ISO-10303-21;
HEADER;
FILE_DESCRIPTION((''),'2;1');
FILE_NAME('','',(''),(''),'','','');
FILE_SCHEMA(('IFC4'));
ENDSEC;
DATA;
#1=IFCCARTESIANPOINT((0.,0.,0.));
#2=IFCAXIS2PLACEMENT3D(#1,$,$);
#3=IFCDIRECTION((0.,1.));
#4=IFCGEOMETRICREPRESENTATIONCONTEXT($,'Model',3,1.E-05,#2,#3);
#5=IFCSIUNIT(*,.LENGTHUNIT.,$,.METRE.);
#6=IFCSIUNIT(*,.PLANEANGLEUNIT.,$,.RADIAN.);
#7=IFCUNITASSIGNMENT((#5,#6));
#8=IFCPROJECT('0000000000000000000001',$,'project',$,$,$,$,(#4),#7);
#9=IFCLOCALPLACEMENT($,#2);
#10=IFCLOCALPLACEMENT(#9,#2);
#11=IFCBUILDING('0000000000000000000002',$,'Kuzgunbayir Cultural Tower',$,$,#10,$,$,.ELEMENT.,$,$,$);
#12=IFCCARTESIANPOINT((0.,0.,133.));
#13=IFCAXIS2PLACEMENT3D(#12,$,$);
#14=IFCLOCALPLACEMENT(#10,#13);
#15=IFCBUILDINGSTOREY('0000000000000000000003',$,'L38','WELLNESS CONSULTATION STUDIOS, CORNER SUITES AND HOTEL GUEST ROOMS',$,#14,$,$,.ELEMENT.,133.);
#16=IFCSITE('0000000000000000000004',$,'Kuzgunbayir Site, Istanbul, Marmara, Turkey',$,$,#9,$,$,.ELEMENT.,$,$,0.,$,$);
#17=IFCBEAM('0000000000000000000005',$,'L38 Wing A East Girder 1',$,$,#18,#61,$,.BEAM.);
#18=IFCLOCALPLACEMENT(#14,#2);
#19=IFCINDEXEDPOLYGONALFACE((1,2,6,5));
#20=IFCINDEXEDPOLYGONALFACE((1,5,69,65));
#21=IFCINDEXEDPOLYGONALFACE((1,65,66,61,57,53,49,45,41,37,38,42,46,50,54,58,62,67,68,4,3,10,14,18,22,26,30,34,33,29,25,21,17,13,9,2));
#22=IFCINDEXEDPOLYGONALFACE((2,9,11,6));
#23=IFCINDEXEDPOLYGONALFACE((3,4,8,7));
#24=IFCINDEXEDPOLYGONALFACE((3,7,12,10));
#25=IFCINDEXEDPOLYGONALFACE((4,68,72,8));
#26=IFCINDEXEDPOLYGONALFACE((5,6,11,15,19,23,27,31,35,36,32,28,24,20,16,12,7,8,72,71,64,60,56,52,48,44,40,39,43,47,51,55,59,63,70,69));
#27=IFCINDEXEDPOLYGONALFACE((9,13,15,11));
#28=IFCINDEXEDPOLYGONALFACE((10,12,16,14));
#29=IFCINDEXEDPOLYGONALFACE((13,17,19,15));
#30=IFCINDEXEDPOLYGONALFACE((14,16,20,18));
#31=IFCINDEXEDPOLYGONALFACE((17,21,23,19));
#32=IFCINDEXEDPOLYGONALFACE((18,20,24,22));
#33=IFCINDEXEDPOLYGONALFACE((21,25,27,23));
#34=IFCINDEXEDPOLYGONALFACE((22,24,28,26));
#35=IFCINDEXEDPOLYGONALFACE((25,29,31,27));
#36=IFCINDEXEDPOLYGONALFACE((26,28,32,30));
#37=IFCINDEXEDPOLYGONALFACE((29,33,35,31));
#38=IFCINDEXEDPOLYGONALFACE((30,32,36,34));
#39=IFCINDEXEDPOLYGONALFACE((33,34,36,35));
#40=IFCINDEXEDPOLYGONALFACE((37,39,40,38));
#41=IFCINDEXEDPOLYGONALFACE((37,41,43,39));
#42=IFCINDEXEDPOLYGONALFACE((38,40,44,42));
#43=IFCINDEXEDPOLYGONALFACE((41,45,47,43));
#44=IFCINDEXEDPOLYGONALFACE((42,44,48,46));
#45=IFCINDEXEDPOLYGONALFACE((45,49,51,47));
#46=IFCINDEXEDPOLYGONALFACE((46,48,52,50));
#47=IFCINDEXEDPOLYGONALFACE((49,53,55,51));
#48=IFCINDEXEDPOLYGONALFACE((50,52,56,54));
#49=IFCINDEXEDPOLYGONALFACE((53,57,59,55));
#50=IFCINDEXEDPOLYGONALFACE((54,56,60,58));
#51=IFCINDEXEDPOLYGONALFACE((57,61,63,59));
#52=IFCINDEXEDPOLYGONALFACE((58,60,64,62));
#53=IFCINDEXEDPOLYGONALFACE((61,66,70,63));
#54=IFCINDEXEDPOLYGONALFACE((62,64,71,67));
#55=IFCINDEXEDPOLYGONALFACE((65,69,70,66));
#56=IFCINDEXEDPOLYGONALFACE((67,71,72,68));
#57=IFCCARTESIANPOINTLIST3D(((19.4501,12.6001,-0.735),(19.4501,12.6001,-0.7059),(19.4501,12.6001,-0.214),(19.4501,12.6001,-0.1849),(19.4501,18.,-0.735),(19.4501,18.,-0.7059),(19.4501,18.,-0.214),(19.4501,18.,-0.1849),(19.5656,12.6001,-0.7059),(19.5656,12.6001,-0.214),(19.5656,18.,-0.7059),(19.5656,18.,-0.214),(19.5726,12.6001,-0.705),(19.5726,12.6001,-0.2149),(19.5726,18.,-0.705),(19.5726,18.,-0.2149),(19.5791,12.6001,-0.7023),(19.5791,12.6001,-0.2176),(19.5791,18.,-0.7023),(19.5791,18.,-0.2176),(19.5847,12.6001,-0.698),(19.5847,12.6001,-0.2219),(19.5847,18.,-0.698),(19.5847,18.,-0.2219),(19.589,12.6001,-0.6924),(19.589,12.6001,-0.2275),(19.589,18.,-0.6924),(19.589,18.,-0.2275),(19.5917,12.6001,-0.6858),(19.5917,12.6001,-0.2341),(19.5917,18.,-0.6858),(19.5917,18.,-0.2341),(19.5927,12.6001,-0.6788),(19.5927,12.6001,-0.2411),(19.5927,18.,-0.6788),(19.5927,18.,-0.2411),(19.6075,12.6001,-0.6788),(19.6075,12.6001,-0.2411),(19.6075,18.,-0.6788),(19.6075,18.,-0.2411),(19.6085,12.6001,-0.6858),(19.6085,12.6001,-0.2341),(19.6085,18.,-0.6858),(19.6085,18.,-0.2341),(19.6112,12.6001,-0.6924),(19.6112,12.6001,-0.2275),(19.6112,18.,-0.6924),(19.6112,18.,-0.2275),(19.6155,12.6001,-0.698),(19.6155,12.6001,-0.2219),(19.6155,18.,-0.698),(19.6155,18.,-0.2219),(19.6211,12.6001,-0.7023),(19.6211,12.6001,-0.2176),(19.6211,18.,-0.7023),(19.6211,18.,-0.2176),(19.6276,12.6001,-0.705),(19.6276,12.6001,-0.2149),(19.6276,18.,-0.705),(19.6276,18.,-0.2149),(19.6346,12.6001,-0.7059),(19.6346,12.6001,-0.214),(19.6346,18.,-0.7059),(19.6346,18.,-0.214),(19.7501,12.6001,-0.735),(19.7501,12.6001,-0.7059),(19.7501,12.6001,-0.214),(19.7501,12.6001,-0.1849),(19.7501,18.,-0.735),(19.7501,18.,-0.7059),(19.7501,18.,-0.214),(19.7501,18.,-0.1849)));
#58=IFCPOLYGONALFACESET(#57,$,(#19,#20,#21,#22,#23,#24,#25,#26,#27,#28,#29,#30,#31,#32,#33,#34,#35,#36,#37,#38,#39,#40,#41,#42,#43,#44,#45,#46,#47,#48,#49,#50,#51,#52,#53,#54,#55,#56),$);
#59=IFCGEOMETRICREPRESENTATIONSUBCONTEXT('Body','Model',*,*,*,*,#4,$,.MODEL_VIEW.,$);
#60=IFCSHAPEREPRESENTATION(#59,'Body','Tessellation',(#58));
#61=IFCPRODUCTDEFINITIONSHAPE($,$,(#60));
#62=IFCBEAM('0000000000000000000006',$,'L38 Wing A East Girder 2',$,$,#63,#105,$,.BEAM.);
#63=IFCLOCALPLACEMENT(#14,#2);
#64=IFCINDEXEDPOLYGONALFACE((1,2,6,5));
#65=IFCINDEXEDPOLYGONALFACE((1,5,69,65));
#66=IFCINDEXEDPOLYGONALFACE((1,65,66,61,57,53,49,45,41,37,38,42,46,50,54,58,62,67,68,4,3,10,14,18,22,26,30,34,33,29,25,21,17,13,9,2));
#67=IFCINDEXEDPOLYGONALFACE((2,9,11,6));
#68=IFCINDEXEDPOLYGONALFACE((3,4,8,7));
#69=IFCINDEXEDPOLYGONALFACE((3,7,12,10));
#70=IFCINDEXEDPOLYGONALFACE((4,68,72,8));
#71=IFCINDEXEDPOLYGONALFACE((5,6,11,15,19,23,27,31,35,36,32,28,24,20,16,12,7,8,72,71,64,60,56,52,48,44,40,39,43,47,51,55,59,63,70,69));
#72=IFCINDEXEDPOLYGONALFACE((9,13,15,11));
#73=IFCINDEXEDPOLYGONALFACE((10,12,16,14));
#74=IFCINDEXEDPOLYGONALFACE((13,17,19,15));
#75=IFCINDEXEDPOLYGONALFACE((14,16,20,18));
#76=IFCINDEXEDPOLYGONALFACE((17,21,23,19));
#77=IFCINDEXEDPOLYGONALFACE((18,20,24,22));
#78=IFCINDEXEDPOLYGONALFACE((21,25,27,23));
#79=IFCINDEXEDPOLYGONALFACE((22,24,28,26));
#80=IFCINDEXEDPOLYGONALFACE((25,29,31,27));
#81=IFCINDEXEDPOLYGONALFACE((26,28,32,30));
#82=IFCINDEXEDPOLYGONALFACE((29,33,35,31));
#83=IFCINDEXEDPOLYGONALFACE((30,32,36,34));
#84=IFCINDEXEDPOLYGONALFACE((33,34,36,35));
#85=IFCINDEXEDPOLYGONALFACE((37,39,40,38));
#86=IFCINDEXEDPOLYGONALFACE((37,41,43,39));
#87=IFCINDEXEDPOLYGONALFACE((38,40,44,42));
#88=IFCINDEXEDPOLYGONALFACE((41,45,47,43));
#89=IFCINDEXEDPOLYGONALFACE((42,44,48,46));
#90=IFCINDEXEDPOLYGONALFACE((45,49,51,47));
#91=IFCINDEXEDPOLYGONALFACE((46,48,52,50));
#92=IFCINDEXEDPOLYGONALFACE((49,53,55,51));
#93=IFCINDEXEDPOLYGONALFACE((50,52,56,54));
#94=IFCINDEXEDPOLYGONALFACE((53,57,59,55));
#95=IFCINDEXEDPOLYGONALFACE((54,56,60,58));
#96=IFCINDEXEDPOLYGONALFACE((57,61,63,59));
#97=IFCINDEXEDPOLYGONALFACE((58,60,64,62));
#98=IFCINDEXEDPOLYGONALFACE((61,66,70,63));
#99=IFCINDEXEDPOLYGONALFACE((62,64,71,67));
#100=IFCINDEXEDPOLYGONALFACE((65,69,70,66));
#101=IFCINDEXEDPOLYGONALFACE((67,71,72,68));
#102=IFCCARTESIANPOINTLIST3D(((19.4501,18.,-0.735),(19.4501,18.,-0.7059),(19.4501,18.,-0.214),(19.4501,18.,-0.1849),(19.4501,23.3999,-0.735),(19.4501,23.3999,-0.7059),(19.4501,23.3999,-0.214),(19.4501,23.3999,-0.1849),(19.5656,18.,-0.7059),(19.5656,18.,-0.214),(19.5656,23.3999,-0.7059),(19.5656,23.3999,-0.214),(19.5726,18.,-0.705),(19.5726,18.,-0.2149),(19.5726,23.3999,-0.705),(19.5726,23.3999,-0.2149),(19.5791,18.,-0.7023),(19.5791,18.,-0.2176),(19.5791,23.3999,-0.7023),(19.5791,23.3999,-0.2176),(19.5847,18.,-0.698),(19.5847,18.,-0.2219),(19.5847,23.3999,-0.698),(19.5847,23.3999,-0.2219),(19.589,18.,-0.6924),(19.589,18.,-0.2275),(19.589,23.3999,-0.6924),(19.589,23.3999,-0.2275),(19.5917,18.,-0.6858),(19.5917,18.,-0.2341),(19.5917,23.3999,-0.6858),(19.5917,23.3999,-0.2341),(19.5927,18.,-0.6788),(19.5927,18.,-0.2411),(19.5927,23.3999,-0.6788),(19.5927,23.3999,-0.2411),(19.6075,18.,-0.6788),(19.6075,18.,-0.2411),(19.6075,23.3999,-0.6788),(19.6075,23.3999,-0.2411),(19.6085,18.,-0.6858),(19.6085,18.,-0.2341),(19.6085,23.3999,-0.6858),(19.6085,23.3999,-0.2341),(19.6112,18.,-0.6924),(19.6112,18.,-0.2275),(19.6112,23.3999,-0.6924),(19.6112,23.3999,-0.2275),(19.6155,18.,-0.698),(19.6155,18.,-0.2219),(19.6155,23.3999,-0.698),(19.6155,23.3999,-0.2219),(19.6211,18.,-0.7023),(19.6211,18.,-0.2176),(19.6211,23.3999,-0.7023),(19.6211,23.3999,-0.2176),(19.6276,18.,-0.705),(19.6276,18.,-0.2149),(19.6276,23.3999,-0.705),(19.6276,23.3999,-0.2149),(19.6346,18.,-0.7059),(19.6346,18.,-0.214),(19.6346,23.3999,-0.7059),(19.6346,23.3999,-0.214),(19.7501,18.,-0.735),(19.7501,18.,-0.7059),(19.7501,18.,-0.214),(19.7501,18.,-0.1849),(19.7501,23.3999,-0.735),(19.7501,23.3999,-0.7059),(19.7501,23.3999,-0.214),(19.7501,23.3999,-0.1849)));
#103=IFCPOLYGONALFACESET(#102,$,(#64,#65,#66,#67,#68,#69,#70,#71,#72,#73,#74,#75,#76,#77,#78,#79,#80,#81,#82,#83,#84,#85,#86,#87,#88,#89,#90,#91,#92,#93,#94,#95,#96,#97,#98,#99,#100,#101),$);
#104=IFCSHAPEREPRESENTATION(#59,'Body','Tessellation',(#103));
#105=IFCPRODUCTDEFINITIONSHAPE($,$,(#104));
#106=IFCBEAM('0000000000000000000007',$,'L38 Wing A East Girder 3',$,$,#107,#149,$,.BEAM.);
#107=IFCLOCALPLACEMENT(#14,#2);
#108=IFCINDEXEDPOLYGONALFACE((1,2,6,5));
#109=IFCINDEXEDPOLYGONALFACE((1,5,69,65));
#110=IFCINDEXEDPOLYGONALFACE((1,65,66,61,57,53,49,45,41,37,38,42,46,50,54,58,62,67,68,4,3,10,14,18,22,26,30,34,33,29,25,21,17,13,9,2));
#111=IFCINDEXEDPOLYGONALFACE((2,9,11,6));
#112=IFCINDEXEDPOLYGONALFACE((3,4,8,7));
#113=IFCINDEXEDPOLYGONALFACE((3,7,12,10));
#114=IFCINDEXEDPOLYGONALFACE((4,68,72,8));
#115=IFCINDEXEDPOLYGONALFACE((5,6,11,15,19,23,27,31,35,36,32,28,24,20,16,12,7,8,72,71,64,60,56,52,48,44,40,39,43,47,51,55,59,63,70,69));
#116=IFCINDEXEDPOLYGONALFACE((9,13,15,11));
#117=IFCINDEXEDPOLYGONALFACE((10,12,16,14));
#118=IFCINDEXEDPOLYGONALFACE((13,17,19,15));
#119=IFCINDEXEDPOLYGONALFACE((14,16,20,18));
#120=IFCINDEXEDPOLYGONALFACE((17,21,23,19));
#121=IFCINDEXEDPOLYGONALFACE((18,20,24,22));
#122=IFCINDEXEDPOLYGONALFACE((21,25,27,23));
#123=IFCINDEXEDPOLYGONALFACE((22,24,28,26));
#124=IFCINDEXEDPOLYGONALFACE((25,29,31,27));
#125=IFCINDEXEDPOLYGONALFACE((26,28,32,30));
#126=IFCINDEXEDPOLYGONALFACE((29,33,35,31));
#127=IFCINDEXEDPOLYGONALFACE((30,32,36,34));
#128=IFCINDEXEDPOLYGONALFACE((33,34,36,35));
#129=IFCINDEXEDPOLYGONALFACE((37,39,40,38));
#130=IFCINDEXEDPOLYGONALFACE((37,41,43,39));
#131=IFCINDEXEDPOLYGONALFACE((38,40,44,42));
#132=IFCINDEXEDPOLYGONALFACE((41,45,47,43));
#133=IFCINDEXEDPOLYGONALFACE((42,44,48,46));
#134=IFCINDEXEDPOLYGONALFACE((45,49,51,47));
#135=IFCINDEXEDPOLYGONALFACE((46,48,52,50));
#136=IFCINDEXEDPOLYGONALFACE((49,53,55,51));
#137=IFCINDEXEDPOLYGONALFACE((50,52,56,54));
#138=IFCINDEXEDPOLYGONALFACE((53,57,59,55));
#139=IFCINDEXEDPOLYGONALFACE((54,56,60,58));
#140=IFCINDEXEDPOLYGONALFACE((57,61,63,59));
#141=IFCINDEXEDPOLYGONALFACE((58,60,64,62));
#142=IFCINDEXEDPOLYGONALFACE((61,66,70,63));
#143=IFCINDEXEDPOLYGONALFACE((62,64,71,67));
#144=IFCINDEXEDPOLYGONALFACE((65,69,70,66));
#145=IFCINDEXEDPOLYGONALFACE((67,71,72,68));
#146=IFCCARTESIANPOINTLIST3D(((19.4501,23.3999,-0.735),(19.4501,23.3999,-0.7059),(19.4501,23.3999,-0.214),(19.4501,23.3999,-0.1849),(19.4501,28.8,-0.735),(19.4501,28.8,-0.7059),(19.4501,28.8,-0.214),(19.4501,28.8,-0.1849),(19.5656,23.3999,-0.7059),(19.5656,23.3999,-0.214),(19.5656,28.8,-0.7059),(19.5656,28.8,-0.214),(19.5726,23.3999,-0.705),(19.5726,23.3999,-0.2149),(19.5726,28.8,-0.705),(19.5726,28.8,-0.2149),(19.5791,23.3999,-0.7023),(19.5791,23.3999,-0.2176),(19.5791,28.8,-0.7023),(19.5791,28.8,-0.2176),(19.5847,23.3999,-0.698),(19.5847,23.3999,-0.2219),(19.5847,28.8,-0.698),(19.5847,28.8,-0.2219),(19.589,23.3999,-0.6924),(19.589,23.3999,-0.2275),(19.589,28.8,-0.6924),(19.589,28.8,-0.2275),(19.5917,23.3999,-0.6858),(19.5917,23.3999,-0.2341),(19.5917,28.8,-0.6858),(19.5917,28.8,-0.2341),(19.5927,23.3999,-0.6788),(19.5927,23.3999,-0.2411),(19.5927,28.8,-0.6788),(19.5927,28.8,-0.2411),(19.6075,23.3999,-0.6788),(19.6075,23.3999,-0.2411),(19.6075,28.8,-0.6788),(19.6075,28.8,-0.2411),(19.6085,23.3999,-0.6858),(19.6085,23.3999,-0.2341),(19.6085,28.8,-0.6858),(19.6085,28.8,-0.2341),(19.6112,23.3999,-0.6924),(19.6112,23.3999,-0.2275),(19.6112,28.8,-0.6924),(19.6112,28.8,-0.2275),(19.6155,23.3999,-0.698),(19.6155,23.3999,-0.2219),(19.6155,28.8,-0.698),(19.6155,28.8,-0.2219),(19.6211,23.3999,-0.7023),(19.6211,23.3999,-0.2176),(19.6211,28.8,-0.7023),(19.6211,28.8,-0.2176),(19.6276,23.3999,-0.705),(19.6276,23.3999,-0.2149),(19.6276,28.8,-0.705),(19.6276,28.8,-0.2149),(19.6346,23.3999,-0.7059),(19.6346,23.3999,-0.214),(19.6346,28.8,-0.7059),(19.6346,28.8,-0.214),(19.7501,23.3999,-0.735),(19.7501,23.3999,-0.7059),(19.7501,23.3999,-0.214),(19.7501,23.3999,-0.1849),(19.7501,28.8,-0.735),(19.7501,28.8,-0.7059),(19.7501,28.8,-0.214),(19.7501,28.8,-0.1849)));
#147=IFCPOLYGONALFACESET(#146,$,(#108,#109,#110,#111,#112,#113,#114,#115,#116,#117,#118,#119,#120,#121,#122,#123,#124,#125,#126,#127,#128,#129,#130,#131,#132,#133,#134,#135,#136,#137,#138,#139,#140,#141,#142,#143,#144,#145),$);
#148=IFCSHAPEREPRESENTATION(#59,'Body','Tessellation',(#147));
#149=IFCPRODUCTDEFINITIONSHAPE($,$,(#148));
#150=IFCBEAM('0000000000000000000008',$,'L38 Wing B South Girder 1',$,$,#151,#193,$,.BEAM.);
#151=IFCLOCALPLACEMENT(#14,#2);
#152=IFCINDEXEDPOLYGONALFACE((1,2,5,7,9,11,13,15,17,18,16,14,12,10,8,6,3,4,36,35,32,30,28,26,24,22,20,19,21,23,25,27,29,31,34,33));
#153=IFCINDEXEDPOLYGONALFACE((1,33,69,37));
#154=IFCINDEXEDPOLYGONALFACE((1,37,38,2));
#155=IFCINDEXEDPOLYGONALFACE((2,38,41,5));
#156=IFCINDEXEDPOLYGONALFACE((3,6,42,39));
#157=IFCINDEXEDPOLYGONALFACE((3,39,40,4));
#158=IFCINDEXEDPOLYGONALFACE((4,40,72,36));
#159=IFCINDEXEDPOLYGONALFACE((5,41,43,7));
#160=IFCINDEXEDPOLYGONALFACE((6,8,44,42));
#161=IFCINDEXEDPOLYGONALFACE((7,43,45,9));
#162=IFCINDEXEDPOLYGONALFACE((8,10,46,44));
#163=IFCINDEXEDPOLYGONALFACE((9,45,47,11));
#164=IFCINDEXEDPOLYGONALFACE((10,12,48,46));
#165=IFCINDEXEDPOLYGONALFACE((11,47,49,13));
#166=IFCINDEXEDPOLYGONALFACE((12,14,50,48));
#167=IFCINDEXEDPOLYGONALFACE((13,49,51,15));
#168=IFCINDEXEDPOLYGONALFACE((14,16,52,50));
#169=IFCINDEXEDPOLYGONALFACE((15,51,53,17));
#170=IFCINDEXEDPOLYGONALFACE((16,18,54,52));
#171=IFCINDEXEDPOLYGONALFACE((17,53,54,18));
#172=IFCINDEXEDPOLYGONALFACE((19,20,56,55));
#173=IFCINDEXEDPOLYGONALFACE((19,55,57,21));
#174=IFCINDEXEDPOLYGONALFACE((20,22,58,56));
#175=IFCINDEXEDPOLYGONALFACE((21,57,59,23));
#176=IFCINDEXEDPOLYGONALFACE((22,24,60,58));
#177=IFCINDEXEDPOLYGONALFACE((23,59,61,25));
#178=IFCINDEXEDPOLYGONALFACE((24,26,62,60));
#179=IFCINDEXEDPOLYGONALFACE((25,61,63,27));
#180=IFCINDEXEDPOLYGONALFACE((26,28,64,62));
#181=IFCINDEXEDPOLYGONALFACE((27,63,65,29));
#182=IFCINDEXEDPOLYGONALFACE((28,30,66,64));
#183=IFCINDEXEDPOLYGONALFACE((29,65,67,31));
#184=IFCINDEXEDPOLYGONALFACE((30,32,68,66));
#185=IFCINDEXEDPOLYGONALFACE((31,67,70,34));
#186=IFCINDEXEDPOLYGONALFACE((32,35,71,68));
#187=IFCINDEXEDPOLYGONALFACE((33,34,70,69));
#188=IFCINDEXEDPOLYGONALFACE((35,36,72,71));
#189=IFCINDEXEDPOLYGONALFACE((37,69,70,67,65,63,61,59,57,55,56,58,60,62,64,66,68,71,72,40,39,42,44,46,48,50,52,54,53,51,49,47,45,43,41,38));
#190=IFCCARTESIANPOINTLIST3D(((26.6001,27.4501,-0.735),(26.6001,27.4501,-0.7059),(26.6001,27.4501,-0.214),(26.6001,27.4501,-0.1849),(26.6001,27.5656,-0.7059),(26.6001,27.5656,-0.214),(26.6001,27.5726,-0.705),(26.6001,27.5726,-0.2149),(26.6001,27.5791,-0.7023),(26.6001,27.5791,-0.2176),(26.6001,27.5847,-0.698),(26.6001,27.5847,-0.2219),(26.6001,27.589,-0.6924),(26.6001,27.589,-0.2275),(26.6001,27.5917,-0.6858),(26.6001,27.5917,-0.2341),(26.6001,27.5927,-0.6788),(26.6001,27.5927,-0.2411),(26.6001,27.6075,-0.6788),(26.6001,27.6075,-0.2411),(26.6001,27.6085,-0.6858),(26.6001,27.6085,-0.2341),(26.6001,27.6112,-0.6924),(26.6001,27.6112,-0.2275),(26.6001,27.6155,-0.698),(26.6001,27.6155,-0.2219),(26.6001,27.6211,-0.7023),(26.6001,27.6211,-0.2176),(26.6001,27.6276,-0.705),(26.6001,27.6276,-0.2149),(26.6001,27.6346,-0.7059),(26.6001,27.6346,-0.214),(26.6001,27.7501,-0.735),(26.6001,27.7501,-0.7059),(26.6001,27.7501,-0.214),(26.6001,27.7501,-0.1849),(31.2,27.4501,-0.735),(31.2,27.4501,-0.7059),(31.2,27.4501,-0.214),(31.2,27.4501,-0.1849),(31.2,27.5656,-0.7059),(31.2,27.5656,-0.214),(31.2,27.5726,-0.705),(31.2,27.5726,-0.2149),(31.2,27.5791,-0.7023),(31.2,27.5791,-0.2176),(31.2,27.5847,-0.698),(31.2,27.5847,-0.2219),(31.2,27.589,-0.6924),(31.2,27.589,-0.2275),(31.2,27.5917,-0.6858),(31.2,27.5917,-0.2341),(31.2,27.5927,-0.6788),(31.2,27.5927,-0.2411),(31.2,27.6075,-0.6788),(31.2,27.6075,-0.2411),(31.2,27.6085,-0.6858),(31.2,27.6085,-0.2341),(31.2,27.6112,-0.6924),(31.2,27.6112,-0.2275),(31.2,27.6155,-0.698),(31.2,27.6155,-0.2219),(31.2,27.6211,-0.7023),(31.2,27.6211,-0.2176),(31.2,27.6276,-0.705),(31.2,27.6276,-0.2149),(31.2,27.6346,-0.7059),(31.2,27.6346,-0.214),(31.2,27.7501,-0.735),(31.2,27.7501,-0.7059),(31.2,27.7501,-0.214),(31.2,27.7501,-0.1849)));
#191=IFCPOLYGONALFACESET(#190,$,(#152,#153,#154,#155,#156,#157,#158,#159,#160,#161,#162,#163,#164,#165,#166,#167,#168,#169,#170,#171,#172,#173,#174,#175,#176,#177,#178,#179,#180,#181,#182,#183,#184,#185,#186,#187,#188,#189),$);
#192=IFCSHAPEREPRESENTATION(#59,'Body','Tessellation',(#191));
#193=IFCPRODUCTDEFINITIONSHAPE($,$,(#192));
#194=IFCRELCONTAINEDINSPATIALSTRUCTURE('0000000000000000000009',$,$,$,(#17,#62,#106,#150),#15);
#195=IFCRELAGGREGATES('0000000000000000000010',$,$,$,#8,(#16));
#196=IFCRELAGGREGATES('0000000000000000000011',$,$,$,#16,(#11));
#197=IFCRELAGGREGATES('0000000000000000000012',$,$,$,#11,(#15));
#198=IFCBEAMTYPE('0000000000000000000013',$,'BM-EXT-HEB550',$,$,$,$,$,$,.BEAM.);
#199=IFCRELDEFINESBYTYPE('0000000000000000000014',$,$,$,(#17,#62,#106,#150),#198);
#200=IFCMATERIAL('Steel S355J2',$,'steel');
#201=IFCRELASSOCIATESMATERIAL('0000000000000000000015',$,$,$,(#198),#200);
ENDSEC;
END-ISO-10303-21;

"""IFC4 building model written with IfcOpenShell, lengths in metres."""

from ifc_helpers import new_model, si_unit, direction, frame, origin, origin_2d, place, context, subcontext, project, spatial, i_section, extrude, material, material_profile, profile_set, type_object, element, save


model = new_model("IFC4")

# Units and contexts
model_context = context("Model", 3, precision=1e-05, world=origin(), true_north=direction((0.0, 1.0)))
body_context = subcontext(model_context, "Body", "Model", "MODEL_VIEW")
ifc_project = project(units=[si_unit("LENGTHUNIT", "METRE"), si_unit("PLANEANGLEUNIT", "RADIAN")], contexts=[model_context])

# Site, building, storey
site_placement = place(None, origin())
site = spatial("IfcSite", under=ifc_project, at=site_placement, Name="Kuzgunbayir Site, Istanbul, Marmara, Turkey", CompositionType="ELEMENT", RefElevation=0.0)
building_placement = place(site_placement, origin())
building = spatial("IfcBuilding", under=site, at=building_placement, Name="Kuzgunbayir Cultural Tower", CompositionType="ELEMENT")
storey_placement = place(building_placement, frame((0.0, 0.0, 133.0)))
storey = spatial("IfcBuildingStorey", under=building, at=storey_placement, Name="L38", Description="WELLNESS CONSULTATION STUDIOS, CORNER SUITES AND HOTEL GUEST ROOMS", CompositionType="ELEMENT", Elevation=133.0)

# Beams
ifc_material_1 = material(Name="Steel S355J2", Category="steel")
ifc_material_profile_1 = material_profile(ifc_material_1, i_section(OverallWidth=0.3, OverallDepth=0.55, WebThickness=0.0149, FlangeThickness=0.0291, FilletRadius=0.0271, at=origin_2d()), Name="HEB 550")
ifc_profile_set_1 = profile_set([ifc_material_profile_1], Name="Steel S355J2")
beam_type_1 = type_object("IfcBeamType", Name="BM-EXT-HEB550", PredefinedType="BEAM", material=ifc_profile_set_1)
for number, where, z_axis, x_axis, name in (
    (1, (19.6001, 12.6001, -0.46), (0.0, 1.0, 0.0), (-1.0, 0.0, 0.0), "L38 Wing A East Girder 1"),
    (2, (19.6001, 18.0, -0.46), (0.0, 1.0, 0.0), (-1.0, 0.0, 0.0), "L38 Wing A East Girder 2"),
):
    element("IfcBeam", number, at=place(storey_placement, frame(where, z_axis=z_axis, x_axis=x_axis)), inside=storey, type_object=beam_type_1, Name=name, PredefinedType="BEAM", context=body_context, shape_type="SweptSolid", body=[
        extrude(i_section(OverallWidth=0.3, OverallDepth=0.55, WebThickness=0.0149, FlangeThickness=0.0291, FilletRadius=0.0271, at=origin_2d()), origin(), (0.0, 0.0, 1.0), 5.3999),
    ])
beam_1_placement = place(storey_placement, frame((19.6001, 23.3999, -0.46), z_axis=(0.0, 1.0, 0.0), x_axis=(-1.0, 0.0, 0.0)))
element("IfcBeam", 3, at=beam_1_placement, inside=storey, type_object=beam_type_1, Name="L38 Wing A East Girder 3", PredefinedType="BEAM", context=body_context, shape_type="SweptSolid", body=[
    extrude(i_section(OverallWidth=0.3, OverallDepth=0.55, WebThickness=0.0149, FlangeThickness=0.0291, FilletRadius=0.0271, at=origin_2d()), origin(), (0.0, 0.0, 1.0), 5.4001),
])
beam_2_placement = place(storey_placement, frame((26.6001, 27.6001, -0.46), z_axis=(1.0, 0.0, 0.0), x_axis=(0.0, 1.0, 0.0)))
element("IfcBeam", 4, at=beam_2_placement, inside=storey, type_object=beam_type_1, Name="L38 Wing B South Girder 1", PredefinedType="BEAM", context=body_context, shape_type="SweptSolid", body=[
    extrude(i_section(OverallWidth=0.3, OverallDepth=0.55, WebThickness=0.0149, FlangeThickness=0.0291, FilletRadius=0.0271, at=origin_2d()), origin(), (0.0, 0.0, 1.0), 4.5999),
])

save(model, "model.ifc")
